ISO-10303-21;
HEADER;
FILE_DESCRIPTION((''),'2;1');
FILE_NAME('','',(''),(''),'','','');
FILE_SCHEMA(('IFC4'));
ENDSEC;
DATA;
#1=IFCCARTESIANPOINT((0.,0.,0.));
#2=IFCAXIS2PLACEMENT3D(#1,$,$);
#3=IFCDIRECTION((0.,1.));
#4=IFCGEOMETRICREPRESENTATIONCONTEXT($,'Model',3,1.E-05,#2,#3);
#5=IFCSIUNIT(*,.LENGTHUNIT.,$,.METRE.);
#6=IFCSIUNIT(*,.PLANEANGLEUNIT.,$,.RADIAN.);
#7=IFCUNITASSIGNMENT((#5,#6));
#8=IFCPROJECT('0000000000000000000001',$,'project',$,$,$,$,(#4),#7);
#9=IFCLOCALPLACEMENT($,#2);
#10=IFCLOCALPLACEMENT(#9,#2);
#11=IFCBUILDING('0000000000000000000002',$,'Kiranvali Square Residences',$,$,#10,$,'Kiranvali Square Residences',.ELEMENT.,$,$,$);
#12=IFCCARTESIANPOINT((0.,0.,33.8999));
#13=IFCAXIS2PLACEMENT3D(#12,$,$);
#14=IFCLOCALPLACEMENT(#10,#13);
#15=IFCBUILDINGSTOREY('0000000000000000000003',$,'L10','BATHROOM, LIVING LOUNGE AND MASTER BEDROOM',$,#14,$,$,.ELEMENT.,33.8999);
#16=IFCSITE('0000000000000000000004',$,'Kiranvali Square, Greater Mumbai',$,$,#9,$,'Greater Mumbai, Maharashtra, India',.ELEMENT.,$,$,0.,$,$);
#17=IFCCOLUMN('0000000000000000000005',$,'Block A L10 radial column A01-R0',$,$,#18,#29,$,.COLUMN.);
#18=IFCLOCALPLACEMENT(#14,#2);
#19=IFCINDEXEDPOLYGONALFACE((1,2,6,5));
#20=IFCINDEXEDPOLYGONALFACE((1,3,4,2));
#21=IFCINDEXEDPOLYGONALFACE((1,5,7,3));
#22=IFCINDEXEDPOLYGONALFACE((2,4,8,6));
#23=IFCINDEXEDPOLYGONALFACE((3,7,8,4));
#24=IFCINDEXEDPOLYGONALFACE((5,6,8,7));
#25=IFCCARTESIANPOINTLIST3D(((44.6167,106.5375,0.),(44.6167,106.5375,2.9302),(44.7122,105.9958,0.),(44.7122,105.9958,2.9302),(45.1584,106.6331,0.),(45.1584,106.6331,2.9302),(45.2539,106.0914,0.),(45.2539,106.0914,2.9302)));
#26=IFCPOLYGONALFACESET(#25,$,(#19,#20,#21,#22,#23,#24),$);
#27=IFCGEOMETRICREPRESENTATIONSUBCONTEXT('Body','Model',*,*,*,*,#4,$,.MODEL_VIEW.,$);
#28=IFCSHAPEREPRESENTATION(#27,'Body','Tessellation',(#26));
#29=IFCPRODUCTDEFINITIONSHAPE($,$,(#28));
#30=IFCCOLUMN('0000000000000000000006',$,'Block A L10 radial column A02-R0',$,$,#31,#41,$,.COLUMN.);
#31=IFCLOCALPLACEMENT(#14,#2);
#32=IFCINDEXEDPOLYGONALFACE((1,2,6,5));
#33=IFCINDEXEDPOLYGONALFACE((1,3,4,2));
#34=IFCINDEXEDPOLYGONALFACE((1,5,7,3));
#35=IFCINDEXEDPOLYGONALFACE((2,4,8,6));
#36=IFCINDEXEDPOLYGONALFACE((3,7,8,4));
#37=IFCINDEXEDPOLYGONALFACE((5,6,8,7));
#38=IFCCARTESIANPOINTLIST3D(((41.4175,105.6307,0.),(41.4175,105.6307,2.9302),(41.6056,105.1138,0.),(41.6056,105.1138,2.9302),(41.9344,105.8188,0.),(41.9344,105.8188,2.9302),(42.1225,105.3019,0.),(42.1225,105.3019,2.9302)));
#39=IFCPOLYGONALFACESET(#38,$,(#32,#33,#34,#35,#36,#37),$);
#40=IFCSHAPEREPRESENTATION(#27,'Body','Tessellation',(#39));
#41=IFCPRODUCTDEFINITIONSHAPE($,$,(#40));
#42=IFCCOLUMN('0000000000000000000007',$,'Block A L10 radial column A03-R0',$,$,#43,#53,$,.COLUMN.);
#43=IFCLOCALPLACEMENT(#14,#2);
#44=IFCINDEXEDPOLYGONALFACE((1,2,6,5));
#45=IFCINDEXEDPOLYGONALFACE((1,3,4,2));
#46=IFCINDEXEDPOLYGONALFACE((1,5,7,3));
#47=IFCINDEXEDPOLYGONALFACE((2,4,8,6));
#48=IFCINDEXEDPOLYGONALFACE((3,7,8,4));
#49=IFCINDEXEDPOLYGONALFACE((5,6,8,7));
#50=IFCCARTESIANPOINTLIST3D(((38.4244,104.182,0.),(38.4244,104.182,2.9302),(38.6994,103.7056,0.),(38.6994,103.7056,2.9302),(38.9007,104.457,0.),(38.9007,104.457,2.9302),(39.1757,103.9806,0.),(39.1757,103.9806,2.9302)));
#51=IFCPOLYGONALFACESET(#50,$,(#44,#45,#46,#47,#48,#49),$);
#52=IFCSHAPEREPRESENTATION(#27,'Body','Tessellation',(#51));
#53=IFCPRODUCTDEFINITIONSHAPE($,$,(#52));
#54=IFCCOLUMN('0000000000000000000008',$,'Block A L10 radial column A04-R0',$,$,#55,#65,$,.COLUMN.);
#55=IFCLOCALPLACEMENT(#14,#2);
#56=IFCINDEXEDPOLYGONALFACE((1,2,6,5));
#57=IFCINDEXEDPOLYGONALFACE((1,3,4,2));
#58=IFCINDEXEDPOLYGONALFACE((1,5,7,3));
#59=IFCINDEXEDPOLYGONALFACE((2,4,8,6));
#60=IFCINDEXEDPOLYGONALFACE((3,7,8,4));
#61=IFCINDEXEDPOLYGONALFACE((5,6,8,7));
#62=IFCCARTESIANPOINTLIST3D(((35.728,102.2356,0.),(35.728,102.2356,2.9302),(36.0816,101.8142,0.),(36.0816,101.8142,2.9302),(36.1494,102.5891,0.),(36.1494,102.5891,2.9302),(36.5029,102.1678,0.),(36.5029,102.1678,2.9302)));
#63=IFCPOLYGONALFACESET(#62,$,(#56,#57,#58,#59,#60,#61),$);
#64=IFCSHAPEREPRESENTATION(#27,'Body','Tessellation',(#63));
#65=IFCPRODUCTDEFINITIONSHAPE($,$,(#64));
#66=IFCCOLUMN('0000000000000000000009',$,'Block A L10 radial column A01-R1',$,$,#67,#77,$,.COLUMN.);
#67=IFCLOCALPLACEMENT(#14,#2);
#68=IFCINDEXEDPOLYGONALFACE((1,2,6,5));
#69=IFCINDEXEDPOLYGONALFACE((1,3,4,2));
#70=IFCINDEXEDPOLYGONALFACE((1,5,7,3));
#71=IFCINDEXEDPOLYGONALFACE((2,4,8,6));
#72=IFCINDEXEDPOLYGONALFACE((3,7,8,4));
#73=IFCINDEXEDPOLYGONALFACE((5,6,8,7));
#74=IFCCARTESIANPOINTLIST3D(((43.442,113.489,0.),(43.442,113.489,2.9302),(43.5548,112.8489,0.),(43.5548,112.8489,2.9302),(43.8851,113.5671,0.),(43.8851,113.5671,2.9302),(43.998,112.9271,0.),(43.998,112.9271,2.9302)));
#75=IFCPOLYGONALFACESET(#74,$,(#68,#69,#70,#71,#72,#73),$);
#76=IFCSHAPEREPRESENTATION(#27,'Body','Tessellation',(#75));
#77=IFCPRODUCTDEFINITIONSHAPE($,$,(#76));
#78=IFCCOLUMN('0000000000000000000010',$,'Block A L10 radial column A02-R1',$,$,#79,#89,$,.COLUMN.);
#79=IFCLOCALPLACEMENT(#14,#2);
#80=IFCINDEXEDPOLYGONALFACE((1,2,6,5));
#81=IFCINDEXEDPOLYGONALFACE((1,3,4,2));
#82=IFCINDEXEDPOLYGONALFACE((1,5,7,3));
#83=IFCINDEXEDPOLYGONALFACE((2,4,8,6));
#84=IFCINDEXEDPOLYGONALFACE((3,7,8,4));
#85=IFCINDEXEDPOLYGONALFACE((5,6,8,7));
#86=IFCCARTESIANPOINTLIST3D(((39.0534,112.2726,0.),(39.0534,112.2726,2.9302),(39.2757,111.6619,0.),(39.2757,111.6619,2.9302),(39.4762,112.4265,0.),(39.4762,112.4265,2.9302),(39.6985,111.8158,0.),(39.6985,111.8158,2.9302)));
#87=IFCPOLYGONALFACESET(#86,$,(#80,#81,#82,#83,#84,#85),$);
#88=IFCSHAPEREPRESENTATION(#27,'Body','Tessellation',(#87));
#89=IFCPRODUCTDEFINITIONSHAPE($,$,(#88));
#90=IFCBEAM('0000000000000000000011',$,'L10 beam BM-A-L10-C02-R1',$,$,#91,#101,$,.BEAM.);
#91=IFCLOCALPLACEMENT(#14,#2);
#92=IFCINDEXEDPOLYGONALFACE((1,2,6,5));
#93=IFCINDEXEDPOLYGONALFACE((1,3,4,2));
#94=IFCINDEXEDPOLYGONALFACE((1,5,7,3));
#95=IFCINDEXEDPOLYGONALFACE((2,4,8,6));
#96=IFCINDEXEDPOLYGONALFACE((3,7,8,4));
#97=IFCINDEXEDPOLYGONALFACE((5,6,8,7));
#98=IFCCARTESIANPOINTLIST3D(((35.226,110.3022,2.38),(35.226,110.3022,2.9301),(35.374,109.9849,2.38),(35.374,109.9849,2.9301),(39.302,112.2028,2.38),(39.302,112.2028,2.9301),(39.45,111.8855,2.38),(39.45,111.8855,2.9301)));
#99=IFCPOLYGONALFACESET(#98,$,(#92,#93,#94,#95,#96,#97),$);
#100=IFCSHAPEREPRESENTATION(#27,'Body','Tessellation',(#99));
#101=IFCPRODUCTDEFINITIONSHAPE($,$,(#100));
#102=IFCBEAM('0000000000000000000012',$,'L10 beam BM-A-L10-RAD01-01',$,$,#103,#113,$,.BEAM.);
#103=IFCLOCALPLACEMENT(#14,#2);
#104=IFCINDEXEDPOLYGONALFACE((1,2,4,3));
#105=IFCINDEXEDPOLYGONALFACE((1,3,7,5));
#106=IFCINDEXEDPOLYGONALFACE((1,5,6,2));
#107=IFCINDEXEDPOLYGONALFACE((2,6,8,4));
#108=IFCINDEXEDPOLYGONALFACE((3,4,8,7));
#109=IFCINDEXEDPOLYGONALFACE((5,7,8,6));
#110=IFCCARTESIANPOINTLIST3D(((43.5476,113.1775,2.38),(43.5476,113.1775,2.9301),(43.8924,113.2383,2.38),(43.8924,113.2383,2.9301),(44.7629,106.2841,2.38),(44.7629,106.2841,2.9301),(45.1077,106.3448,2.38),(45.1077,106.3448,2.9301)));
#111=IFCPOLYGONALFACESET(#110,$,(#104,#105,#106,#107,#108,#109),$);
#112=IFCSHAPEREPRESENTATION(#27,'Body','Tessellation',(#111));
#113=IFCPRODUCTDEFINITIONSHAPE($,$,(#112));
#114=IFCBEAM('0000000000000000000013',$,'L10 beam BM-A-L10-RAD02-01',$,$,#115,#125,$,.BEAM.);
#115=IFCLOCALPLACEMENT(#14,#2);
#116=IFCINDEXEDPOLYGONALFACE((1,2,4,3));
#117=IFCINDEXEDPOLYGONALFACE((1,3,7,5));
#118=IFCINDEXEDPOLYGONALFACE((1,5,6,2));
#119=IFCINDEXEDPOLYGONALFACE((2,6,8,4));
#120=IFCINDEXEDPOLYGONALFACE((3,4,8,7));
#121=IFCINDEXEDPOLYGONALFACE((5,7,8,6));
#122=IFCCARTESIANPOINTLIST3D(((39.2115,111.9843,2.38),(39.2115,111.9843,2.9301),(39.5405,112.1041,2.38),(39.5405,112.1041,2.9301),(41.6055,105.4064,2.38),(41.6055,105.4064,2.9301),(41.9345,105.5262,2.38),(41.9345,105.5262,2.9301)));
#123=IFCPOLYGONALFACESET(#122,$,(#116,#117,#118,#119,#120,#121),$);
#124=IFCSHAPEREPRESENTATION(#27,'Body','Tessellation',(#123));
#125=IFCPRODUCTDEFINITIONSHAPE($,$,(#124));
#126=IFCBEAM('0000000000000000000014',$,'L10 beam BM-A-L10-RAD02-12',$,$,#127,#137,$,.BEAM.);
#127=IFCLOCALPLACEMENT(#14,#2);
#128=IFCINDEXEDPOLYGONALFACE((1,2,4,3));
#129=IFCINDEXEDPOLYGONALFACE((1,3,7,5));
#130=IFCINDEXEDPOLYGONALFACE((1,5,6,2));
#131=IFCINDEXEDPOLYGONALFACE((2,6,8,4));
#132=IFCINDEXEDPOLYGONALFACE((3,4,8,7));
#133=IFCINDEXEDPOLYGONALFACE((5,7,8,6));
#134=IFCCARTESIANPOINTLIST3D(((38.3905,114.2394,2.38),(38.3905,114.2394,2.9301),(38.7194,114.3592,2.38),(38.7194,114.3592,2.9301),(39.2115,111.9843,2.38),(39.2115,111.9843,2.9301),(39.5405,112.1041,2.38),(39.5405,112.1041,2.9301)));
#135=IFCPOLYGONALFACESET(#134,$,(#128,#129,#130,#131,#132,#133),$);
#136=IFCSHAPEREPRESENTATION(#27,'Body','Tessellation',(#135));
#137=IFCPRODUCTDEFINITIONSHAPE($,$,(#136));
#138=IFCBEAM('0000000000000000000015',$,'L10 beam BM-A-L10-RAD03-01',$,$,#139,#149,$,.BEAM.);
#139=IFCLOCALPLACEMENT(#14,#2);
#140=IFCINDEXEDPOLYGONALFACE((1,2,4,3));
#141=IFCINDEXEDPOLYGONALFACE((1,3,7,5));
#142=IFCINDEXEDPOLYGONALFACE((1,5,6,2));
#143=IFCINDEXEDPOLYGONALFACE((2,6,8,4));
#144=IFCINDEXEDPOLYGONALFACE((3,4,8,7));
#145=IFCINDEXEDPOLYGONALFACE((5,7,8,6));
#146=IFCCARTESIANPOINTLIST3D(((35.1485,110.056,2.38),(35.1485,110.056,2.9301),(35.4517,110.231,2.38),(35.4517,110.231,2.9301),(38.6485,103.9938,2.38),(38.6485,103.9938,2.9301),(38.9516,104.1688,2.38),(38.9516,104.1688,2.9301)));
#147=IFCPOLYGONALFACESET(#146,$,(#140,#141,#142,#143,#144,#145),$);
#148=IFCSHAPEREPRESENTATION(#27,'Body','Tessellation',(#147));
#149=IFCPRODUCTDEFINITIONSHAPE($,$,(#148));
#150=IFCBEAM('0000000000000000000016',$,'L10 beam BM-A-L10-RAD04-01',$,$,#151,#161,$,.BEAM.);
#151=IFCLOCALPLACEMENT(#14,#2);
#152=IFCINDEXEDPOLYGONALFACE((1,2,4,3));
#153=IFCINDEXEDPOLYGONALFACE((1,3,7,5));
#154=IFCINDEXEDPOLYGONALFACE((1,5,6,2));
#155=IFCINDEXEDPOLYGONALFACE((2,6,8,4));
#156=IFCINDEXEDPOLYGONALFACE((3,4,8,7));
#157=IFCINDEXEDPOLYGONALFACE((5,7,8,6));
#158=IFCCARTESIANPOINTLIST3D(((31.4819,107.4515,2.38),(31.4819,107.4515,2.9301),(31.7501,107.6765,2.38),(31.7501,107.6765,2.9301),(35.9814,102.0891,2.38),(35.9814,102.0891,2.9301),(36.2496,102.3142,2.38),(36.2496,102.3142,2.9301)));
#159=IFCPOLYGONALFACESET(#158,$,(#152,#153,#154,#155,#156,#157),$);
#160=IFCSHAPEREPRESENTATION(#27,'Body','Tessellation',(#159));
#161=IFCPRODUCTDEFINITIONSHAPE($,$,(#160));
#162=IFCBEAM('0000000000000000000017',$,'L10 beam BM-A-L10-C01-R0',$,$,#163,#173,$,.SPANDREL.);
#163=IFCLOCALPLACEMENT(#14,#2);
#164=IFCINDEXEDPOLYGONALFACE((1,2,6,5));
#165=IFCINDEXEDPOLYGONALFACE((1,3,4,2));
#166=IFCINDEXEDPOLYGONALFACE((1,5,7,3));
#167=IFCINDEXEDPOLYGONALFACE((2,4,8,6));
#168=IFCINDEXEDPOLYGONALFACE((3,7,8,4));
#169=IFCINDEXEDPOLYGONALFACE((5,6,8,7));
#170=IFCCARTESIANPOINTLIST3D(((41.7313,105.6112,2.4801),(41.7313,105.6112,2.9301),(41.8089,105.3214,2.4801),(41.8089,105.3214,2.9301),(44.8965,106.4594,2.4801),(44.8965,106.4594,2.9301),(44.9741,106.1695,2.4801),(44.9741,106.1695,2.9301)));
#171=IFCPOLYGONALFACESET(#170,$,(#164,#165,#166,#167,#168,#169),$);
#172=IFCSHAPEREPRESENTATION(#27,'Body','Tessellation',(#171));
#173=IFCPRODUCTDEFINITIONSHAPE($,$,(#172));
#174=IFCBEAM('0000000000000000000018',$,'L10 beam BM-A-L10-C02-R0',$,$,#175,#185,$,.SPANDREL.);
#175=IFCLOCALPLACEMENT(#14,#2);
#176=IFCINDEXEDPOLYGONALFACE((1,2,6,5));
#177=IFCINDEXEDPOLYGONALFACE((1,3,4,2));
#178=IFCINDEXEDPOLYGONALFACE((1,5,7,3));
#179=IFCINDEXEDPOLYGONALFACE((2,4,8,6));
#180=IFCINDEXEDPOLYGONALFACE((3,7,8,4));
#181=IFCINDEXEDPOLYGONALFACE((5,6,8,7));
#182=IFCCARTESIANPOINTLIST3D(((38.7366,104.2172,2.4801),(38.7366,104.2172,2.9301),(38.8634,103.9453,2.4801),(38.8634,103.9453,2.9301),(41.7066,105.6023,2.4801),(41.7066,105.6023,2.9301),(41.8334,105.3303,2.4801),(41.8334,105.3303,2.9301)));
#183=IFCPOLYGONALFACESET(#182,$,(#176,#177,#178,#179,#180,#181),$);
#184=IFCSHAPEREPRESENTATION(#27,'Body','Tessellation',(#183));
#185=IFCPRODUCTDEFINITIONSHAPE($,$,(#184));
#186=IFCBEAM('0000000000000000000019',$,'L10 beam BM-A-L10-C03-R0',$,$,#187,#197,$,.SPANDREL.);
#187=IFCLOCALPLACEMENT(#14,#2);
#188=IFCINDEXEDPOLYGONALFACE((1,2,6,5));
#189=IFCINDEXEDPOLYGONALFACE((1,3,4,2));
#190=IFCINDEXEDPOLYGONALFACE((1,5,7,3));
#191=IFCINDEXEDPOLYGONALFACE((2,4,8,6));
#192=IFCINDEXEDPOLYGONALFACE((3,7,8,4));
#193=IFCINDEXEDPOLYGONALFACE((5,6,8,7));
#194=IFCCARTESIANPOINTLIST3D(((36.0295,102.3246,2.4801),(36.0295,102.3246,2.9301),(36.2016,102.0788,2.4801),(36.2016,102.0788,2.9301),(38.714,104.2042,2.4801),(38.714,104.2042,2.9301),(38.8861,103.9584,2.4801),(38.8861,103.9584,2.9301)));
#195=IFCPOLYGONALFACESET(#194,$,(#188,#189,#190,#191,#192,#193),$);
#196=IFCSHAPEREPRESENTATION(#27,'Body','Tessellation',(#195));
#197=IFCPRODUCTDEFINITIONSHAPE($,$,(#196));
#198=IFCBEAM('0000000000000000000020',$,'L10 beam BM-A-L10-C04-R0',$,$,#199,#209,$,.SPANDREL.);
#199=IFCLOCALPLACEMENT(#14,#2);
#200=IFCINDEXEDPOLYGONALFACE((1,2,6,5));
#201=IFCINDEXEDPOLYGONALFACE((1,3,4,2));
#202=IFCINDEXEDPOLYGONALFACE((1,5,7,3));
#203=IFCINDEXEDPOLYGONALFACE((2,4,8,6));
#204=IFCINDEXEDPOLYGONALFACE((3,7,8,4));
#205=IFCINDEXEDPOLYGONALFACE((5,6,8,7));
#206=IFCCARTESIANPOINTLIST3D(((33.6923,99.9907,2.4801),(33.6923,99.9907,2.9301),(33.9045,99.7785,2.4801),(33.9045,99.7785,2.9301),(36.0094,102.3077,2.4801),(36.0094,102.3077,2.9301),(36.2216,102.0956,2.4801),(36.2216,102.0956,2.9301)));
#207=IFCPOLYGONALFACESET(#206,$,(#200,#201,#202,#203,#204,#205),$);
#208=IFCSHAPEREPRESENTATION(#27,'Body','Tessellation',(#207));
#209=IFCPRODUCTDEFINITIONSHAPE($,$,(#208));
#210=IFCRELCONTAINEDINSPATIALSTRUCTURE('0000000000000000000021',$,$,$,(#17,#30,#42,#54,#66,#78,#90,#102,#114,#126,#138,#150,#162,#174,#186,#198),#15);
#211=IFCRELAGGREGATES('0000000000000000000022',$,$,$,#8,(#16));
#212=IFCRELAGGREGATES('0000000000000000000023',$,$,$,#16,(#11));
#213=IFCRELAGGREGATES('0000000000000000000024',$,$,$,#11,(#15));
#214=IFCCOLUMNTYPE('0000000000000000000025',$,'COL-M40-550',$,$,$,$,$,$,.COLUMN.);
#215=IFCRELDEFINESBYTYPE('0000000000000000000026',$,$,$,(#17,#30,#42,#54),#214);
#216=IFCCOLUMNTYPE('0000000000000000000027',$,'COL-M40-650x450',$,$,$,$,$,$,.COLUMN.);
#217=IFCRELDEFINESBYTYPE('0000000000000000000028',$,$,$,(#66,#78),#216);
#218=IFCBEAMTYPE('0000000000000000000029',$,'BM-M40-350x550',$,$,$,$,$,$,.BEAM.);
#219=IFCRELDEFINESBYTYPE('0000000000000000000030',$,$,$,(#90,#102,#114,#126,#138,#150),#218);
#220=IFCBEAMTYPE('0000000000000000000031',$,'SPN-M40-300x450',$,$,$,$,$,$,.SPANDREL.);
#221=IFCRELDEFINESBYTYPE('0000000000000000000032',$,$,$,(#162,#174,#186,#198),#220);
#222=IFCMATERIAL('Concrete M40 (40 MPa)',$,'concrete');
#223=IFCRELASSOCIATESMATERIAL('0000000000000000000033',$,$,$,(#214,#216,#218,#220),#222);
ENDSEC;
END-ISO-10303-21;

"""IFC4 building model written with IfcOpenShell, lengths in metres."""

from ifc_helpers import new_model, si_unit, direction, frame, origin, origin_2d, place, context, subcontext, project, spatial, rectangle, extrude, material, material_profile, profile_set, type_object, element, save


model = new_model("IFC4")

# Units and contexts
model_context = context("Model", 3, precision=1e-05, world=origin(), true_north=direction((0.0, 1.0)))
body_context = subcontext(model_context, "Body", "Model", "MODEL_VIEW")
ifc_project = project(units=[si_unit("LENGTHUNIT", "METRE"), si_unit("PLANEANGLEUNIT", "RADIAN")], contexts=[model_context])

# Site, building, storey
site_placement = place(None, origin())
site = spatial("IfcSite", under=ifc_project, at=site_placement, Name="Kiranvali Square, Greater Mumbai", LongName="Greater Mumbai, Maharashtra, India", CompositionType="ELEMENT", RefElevation=0.0)
building_placement = place(site_placement, origin())
building = spatial("IfcBuilding", under=site, at=building_placement, Name="Kiranvali Square Residences", LongName="Kiranvali Square Residences", CompositionType="ELEMENT")
storey_placement = place(building_placement, frame((0.0, 0.0, 33.8999)))
storey = spatial("IfcBuildingStorey", under=building, at=storey_placement, Name="L10", Description="BATHROOM, LIVING LOUNGE AND MASTER BEDROOM", CompositionType="ELEMENT", Elevation=33.8999)

# Columns
ifc_material_1 = material(Name="Concrete M40 (40 MPa)", Category="concrete")
ifc_material_profile_1 = material_profile(ifc_material_1, rectangle(XDim=0.55, YDim=0.55, at=origin_2d()), Name="RC 550x550")
ifc_profile_set_1 = profile_set([ifc_material_profile_1], Name="Concrete M40 (40 MPa)")
column_type_1 = type_object("IfcColumnType", Name="COL-M40-550", PredefinedType="COLUMN", material=ifc_profile_set_1)
for number, where, z_axis, x_axis, name in (
    (1, (44.9353, 106.3145, 0.0), (0.0, 0.0, 1.0), (0.984808, 0.173648, 0.0), "Block A L10 radial column A01-R0"),
    (2, (41.77, 105.4663, 0.0), (0.0, 0.0, 1.0), (0.939693, 0.34202, 0.0), "Block A L10 radial column A02-R0"),
    (3, (38.8, 104.0813, 0.0), (0.0, 0.0, 1.0), (0.866025, 0.5, 0.0), "Block A L10 radial column A03-R0"),
    (4, (36.1155, 102.2017, 0.0), (0.0, 0.0, 1.0), (0.766044, 0.642788, 0.0), "Block A L10 radial column A04-R0"),
):
    element("IfcColumn", number, at=place(storey_placement, frame(where, z_axis=z_axis, x_axis=x_axis)), inside=storey, type_object=column_type_1, Name=name, PredefinedType="COLUMN", context=body_context, shape_type="SweptSolid", body=[
        extrude(rectangle(XDim=0.55, YDim=0.55, at=origin_2d()), origin(), (0.0, 0.0, 1.0), 2.9302),
    ])
ifc_material_profile_2 = material_profile(ifc_material_1, rectangle(XDim=0.45, YDim=0.6499, at=origin_2d()), Name="RC 650x450")
ifc_profile_set_2 = profile_set([ifc_material_profile_2], Name="Concrete M40 (40 MPa)")
column_type_2 = type_object("IfcColumnType", Name="COL-M40-650x450", PredefinedType="COLUMN", material=ifc_profile_set_2)
for number, where, z_axis, x_axis, name in (
    (5, (43.72, 113.208, 0.0), (0.0, 0.0, 1.0), (0.984808, 0.173648, 0.0), "Block A L10 radial column A01-R1"),
    (6, (39.376, 112.0442, 0.0), (0.0, 0.0, 1.0), (0.939693, 0.34202, 0.0), "Block A L10 radial column A02-R1"),
):
    element("IfcColumn", number, at=place(storey_placement, frame(where, z_axis=z_axis, x_axis=x_axis)), inside=storey, type_object=column_type_2, Name=name, PredefinedType="COLUMN", context=body_context, shape_type="SweptSolid", body=[
        extrude(rectangle(XDim=0.45, YDim=0.6499, at=origin_2d()), origin(), (0.0, 0.0, 1.0), 2.9302),
    ])

# Beams
ifc_material_profile_3 = material_profile(ifc_material_1, rectangle(XDim=0.3501, YDim=0.55, at=origin_2d()), Name="RC 350x550")
ifc_profile_set_3 = profile_set([ifc_material_profile_3], Name="Concrete M40 (40 MPa)")
beam_type_1 = type_object("IfcBeamType", Name="BM-M40-350x550", PredefinedType="BEAM", material=ifc_profile_set_3)
beam_1_placement = place(storey_placement, frame((39.376, 112.0442, 2.655), z_axis=(-0.906308, -0.422618, 0.0), x_axis=(0.422618, -0.906308, 0.0)))
element("IfcBeam", 7, at=beam_1_placement, inside=storey, type_object=beam_type_1, Name="L10 beam BM-A-L10-C02-R1", PredefinedType="BEAM", context=body_context, shape_type="SweptSolid", body=[
    extrude(rectangle(XDim=0.3501, YDim=0.55, at=origin_2d()), origin(), (0.0, 0.0, 1.0), 4.4973),
])
beam_2_placement = place(storey_placement, frame((44.9353, 106.3145, 2.655), z_axis=(-0.173622, 0.984812, 0.0), x_axis=(-0.984812, -0.173622, 0.0)))
element("IfcBeam", 8, at=beam_2_placement, inside=storey, type_object=beam_type_1, Name="L10 beam BM-A-L10-RAD01-01", PredefinedType="BEAM", context=body_context, shape_type="SweptSolid", body=[
    extrude(rectangle(XDim=0.3501, YDim=0.55, at=origin_2d()), origin(), (0.0, 0.0, 1.0), 6.9998),
])
beam_3_placement = place(storey_placement, frame((41.77, 105.4663, 2.655), z_axis=(-0.342006, 0.939698, 0.0), x_axis=(-0.939698, -0.342006, 0.0)))
element("IfcBeam", 9, at=beam_3_placement, inside=storey, type_object=beam_type_1, Name="L10 beam BM-A-L10-RAD02-01", PredefinedType="BEAM", context=body_context, shape_type="SweptSolid", body=[
    extrude(rectangle(XDim=0.3501, YDim=0.55, at=origin_2d()), origin(), (0.0, 0.0, 1.0), 7.0),
])
beam_4_placement = place(storey_placement, frame((39.376, 112.0442, 2.655), z_axis=(-0.342111, 0.93966, 0.0), x_axis=(-0.93966, -0.342111, 0.0)))
element("IfcBeam", 10, at=beam_4_placement, inside=storey, type_object=beam_type_1, Name="L10 beam BM-A-L10-RAD02-12", PredefinedType="BEAM", context=body_context, shape_type="SweptSolid", body=[
    extrude(rectangle(XDim=0.3501, YDim=0.55, at=origin_2d()), origin(), (0.0, 0.0, 1.0), 2.3999),
])
for number, where, z_axis, x_axis, name in (
    (11, (38.8, 104.0813, 2.655), (-0.499995, 0.866028, 0.0), (-0.866028, -0.499995, 0.0), "L10 beam BM-A-L10-RAD03-01"),
    (12, (36.1155, 102.2017, 2.655), (-0.642788, 0.766044, 0.0), (-0.766044, -0.642788, 0.0), "L10 beam BM-A-L10-RAD04-01"),
):
    element("IfcBeam", number, at=place(storey_placement, frame(where, z_axis=z_axis, x_axis=x_axis)), inside=storey, type_object=beam_type_1, Name=name, PredefinedType="BEAM", context=body_context, shape_type="SweptSolid", body=[
        extrude(rectangle(XDim=0.3501, YDim=0.55, at=origin_2d()), origin(), (0.0, 0.0, 1.0), 7.0),
    ])
ifc_material_profile_4 = material_profile(ifc_material_1, rectangle(XDim=0.3, YDim=0.45, at=origin_2d()), Name="RC 300x450")
ifc_profile_set_4 = profile_set([ifc_material_profile_4], Name="Concrete M40 (40 MPa)")
beam_type_2 = type_object("IfcBeamType", Name="SPN-M40-300x450", PredefinedType="SPANDREL", material=ifc_profile_set_4)
beam_5_placement = place(storey_placement, frame((44.9353, 106.3145, 2.7051), z_axis=(-0.965925, -0.258822, 0.0), x_axis=(0.258822, -0.965925, 0.0)))
element("IfcBeam", 13, at=beam_5_placement, inside=storey, type_object=beam_type_2, Name="L10 beam BM-A-L10-C01-R0", PredefinedType="SPANDREL", context=body_context, shape_type="SweptSolid", body=[
    extrude(rectangle(XDim=0.3, YDim=0.45, at=origin_2d()), origin(), (0.0, 0.0, 1.0), 3.2769),
])
for number, where, z_axis, x_axis, name in (
    (14, (41.77, 105.4663, 2.7051), (-0.906297, -0.422641, 0.0), (0.422641, -0.906297, 0.0), "L10 beam BM-A-L10-C02-R0"),
    (15, (38.8, 104.0813, 2.7051), (-0.819169, -0.573552, 0.0), (0.573552, -0.819169, 0.0), "L10 beam BM-A-L10-C03-R0"),
):
    element("IfcBeam", number, at=place(storey_placement, frame(where, z_axis=z_axis, x_axis=x_axis)), inside=storey, type_object=beam_type_2, Name=name, PredefinedType="SPANDREL", context=body_context, shape_type="SweptSolid", body=[
        extrude(rectangle(XDim=0.3, YDim=0.45, at=origin_2d()), origin(), (0.0, 0.0, 1.0), 3.2771),
    ])
beam_6_placement = place(storey_placement, frame((36.1155, 102.2017, 2.7051), z_axis=(-0.707107, -0.707107, 0.0), x_axis=(0.707107, -0.707107, 0.0)))
element("IfcBeam", 16, at=beam_6_placement, inside=storey, type_object=beam_type_2, Name="L10 beam BM-A-L10-C04-R0", PredefinedType="SPANDREL", context=body_context, shape_type="SweptSolid", body=[
    extrude(rectangle(XDim=0.3, YDim=0.45, at=origin_2d()), origin(), (0.0, 0.0, 1.0), 3.2769),
])

save(model, "model.ifc")
